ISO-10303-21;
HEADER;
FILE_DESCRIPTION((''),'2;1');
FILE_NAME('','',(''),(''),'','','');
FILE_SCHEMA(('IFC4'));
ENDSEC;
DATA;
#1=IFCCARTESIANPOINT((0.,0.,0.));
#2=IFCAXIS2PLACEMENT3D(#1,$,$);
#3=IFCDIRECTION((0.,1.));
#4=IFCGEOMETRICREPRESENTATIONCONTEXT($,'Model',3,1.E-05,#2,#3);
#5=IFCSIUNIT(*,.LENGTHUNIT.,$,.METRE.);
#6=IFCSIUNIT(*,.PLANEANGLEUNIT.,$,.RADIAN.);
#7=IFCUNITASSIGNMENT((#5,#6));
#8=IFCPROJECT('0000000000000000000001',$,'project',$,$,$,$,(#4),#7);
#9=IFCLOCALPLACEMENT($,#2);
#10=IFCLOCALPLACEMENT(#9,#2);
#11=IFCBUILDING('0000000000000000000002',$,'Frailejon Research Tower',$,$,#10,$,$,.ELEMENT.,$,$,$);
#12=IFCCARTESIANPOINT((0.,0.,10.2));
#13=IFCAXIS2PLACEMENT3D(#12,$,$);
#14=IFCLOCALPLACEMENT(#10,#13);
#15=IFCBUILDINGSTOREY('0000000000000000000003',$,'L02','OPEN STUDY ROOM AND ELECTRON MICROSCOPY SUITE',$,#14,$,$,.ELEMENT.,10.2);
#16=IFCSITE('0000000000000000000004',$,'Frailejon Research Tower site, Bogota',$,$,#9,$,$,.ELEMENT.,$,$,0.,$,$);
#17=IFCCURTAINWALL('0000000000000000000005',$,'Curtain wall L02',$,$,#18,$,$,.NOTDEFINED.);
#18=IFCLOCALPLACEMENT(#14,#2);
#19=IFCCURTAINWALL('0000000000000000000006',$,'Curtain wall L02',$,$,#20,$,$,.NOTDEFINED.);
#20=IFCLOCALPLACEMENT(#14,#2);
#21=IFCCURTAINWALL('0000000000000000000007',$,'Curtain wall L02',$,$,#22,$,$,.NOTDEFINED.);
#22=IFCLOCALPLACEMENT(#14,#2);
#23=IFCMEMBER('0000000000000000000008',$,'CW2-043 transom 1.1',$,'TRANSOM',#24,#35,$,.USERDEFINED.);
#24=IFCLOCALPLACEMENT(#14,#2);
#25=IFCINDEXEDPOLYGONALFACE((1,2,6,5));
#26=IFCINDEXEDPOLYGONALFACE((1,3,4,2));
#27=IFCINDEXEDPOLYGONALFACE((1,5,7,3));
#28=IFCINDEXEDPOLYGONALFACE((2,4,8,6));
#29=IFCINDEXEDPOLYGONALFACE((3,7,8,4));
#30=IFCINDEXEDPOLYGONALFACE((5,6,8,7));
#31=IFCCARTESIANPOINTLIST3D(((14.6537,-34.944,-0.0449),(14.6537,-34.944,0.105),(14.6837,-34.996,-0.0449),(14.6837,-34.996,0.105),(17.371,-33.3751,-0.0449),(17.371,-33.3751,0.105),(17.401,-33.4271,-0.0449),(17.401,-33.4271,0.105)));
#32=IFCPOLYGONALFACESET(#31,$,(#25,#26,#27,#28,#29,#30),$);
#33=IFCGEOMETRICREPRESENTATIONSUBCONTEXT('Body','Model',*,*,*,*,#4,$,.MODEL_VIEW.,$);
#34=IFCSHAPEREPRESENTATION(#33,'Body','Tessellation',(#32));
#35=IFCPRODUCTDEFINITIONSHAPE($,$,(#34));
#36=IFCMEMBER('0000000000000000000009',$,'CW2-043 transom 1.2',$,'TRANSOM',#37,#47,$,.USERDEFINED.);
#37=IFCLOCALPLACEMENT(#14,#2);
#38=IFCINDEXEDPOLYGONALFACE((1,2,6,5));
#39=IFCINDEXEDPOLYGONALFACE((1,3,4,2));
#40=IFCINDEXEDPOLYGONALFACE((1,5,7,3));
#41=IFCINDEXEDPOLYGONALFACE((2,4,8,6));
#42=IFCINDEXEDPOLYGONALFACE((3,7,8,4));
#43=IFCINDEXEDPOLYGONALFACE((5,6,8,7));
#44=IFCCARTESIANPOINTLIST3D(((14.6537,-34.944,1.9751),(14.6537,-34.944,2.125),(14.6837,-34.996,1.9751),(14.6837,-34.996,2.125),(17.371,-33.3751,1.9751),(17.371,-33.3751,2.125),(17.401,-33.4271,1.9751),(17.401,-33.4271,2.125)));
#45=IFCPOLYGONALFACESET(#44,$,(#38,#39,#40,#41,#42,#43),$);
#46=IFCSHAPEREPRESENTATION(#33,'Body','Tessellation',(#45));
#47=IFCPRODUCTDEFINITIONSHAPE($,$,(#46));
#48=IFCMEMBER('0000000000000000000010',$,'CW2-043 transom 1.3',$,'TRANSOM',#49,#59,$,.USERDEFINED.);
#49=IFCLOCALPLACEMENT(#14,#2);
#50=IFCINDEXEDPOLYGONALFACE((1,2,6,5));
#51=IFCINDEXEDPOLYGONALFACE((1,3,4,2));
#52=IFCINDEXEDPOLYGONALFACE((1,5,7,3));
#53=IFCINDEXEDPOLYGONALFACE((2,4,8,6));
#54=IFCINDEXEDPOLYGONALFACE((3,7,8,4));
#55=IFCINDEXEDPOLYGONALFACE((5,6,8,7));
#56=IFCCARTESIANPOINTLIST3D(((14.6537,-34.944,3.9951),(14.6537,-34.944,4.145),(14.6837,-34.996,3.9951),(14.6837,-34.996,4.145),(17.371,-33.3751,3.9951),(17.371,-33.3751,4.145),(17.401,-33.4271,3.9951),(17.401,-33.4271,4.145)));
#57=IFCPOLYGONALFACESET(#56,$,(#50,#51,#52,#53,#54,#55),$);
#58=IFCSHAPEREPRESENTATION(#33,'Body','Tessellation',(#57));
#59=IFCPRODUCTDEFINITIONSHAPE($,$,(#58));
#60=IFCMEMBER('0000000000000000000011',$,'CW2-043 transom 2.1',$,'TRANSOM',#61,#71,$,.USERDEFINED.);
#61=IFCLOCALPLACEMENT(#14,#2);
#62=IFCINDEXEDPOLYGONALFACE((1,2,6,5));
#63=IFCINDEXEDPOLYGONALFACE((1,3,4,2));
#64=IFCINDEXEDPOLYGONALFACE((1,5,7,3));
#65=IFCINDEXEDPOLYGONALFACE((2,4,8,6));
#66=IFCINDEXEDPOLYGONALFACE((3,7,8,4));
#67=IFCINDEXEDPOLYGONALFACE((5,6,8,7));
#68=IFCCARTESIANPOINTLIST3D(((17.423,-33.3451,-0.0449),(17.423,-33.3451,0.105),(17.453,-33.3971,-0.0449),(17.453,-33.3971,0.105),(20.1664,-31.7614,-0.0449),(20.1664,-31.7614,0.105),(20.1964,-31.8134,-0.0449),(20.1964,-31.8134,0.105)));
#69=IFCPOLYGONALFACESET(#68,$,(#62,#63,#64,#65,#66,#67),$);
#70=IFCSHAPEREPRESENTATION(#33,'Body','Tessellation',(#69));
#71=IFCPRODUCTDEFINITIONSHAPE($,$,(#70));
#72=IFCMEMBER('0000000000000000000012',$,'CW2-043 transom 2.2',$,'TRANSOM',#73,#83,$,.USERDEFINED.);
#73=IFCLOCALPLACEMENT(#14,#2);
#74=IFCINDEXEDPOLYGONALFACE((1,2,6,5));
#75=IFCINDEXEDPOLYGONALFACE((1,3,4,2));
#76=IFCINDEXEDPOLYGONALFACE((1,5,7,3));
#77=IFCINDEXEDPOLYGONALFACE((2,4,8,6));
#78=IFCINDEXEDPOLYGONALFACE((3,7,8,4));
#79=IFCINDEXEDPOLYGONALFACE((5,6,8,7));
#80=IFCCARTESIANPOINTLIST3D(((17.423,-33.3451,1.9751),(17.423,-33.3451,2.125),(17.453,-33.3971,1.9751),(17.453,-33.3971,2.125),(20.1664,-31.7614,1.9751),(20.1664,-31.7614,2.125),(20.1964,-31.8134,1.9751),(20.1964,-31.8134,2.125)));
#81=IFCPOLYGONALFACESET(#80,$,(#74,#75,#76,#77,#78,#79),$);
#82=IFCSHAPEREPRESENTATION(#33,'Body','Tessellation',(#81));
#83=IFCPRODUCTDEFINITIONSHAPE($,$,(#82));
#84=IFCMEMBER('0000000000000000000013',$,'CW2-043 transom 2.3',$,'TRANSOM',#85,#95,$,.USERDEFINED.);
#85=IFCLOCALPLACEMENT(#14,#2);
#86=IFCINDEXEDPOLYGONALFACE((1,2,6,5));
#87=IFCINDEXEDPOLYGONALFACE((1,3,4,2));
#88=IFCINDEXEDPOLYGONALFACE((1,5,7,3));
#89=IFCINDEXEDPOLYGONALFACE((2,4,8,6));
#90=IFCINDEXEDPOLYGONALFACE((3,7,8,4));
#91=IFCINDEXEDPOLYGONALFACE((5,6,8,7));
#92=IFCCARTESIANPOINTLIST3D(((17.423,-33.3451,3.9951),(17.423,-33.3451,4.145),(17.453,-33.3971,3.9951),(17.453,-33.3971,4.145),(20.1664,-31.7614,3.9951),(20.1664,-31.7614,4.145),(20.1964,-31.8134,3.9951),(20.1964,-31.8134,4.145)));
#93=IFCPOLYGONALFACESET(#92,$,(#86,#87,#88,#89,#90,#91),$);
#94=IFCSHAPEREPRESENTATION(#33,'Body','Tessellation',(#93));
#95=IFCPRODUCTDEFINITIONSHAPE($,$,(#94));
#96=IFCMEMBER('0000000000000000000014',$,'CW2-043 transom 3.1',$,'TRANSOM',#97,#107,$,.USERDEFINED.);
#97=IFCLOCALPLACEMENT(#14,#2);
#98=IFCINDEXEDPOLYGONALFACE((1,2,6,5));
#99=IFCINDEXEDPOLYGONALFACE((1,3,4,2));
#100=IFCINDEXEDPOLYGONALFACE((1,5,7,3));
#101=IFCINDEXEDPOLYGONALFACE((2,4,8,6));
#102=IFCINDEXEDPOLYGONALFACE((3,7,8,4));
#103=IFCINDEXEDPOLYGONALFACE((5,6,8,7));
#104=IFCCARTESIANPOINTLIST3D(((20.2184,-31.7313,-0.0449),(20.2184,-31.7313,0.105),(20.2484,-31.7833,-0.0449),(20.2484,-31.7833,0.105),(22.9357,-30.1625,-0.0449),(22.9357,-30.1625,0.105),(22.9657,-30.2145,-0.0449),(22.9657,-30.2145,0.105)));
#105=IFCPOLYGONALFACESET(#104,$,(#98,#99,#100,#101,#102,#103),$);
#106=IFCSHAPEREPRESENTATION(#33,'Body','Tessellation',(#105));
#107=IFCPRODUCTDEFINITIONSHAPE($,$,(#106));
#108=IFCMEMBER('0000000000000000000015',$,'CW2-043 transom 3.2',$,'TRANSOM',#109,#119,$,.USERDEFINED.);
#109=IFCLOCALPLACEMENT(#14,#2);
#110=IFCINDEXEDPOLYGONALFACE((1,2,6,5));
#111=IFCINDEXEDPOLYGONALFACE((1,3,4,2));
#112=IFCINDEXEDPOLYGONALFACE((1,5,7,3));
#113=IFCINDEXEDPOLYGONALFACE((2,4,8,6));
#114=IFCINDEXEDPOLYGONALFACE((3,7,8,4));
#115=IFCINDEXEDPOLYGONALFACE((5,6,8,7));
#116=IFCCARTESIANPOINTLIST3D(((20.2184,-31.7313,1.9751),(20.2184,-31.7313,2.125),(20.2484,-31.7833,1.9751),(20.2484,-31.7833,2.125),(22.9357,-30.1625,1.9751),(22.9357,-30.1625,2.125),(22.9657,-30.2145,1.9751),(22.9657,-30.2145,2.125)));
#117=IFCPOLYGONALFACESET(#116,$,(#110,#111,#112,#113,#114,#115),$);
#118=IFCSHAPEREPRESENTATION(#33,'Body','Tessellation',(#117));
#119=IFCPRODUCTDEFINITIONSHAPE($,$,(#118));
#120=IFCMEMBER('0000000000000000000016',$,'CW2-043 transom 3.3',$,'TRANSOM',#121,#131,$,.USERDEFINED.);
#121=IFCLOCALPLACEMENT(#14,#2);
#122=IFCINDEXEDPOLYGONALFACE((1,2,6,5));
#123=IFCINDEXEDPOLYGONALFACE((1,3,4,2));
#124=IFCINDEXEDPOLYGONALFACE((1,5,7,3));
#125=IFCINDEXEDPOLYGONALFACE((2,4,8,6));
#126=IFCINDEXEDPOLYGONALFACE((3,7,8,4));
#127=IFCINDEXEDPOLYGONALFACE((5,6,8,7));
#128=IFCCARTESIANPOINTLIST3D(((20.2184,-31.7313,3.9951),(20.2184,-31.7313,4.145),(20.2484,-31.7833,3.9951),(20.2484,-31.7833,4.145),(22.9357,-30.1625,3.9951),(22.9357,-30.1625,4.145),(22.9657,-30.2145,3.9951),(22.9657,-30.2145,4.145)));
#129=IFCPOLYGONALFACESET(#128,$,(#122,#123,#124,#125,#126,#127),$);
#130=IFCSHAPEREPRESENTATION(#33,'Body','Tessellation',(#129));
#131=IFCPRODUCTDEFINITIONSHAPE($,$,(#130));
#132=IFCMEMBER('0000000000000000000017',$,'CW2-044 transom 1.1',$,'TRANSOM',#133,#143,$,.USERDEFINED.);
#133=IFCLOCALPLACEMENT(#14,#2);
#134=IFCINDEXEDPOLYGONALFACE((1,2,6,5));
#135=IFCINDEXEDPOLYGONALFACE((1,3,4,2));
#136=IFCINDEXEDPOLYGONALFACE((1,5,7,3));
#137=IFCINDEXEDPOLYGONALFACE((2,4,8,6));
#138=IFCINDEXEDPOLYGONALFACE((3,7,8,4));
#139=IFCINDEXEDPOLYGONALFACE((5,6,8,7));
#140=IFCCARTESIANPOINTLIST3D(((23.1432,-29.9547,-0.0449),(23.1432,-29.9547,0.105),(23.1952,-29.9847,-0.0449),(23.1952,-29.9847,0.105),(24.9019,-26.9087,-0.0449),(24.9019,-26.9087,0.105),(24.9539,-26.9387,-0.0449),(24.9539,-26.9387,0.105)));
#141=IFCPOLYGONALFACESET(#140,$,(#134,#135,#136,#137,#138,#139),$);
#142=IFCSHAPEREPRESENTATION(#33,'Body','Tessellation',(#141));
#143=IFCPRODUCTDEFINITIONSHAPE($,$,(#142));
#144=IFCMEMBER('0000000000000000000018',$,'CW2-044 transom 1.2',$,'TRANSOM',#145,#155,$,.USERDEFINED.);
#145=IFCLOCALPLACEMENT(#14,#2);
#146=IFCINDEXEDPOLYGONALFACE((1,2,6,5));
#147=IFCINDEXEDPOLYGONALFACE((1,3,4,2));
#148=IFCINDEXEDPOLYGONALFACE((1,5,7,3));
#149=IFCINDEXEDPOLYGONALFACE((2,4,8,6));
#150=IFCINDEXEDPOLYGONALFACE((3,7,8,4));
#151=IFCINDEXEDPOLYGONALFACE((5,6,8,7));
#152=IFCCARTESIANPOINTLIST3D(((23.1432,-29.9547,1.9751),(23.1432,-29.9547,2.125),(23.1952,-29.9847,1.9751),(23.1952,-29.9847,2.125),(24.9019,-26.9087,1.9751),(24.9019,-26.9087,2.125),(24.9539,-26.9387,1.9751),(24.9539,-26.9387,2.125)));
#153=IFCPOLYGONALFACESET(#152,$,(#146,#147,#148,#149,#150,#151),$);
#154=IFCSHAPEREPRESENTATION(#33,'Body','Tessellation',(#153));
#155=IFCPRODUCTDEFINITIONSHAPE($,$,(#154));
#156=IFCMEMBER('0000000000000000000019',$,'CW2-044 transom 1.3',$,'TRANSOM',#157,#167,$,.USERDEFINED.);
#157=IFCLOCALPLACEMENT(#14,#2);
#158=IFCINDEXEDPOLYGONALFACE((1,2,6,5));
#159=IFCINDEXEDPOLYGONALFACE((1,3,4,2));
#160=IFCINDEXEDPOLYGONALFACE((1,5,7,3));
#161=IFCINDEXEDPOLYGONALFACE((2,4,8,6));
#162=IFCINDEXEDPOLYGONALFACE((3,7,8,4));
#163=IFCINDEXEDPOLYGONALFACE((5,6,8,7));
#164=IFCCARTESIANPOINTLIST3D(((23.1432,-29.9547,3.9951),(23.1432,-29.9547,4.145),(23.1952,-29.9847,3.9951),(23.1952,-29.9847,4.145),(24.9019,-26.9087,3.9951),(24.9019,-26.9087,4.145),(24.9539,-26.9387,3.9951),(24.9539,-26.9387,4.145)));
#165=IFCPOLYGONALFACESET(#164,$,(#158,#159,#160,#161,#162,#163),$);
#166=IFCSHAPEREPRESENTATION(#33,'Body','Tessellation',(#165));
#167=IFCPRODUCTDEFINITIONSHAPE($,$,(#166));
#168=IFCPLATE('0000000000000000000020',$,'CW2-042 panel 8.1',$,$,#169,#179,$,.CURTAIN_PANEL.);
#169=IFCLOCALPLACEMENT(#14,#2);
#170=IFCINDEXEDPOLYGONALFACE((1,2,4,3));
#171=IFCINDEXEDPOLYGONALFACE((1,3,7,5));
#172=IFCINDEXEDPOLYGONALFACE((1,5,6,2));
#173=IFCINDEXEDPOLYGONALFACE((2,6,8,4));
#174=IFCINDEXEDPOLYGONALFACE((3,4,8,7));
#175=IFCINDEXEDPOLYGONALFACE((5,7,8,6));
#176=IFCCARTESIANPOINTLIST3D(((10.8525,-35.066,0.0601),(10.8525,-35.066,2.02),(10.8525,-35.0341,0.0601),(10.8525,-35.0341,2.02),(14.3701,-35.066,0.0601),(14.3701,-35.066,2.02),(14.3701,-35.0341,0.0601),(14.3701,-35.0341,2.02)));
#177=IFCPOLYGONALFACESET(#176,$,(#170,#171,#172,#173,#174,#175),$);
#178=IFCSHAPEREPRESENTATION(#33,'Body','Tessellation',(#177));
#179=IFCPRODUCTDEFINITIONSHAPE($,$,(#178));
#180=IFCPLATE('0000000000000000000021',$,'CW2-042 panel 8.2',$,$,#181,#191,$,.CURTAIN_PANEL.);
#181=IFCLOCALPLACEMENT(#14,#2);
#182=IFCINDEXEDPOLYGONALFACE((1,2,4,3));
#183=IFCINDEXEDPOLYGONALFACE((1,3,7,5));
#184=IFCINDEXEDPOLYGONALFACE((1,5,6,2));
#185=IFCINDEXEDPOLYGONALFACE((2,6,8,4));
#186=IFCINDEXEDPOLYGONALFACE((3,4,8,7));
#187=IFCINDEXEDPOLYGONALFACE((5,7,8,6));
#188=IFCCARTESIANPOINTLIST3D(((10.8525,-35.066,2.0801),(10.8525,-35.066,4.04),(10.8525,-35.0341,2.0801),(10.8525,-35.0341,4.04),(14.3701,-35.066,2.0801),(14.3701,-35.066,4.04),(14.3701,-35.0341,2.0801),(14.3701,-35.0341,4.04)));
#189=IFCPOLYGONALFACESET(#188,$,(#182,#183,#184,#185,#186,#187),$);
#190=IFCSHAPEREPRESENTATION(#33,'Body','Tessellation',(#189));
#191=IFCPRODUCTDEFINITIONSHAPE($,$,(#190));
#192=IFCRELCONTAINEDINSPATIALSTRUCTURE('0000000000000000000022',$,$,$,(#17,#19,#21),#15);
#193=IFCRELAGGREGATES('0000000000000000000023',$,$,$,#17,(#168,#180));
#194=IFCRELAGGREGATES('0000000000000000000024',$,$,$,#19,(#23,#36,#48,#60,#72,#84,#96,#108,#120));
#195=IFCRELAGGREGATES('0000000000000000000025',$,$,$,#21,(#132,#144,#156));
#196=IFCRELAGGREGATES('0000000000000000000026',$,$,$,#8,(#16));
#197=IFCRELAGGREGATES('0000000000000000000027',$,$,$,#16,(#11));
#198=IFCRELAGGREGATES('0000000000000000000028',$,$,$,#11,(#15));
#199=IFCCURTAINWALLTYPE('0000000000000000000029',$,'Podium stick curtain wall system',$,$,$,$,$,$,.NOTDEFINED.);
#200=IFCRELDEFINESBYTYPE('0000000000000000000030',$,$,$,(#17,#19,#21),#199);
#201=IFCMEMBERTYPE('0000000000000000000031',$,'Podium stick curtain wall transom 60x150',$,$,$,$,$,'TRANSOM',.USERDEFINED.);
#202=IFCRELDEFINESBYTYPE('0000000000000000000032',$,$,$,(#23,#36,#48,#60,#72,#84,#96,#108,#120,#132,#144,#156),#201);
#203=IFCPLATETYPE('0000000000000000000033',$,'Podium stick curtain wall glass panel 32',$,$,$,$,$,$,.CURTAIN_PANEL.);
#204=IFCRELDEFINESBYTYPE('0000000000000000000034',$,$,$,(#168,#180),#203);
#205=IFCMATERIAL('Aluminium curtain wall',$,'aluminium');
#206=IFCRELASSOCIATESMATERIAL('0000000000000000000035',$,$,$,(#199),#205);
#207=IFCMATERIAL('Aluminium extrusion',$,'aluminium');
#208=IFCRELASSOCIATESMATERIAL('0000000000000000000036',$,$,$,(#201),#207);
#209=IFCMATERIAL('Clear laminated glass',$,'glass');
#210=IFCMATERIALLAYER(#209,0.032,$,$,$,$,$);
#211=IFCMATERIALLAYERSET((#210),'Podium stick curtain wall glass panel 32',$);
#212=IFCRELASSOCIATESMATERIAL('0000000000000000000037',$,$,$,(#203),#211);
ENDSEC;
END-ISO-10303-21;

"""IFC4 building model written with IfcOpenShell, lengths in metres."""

from ifc_helpers import new_model, si_unit, direction, frame, origin, origin_2d, place, context, subcontext, project, spatial, rectangle, extrude, material, layer, layer_set, material_profile, profile_set, type_object, element, aggregate, save


model = new_model("IFC4")

# Units and contexts
model_context = context("Model", 3, precision=1e-05, world=origin(), true_north=direction((0.0, 1.0)))
body_context = subcontext(model_context, "Body", "Model", "MODEL_VIEW")
ifc_project = project(units=[si_unit("LENGTHUNIT", "METRE"), si_unit("PLANEANGLEUNIT", "RADIAN")], contexts=[model_context])

# Site, building, storey
site_placement = place(None, origin())
site = spatial("IfcSite", under=ifc_project, at=site_placement, Name="Frailejon Research Tower site, Bogota", CompositionType="ELEMENT", RefElevation=0.0)
building_placement = place(site_placement, origin())
building = spatial("IfcBuilding", under=site, at=building_placement, Name="Frailejon Research Tower", CompositionType="ELEMENT")
storey_placement = place(building_placement, frame((0.0, 0.0, 10.2)))
storey = spatial("IfcBuildingStorey", under=building, at=storey_placement, Name="L02", Description="OPEN STUDY ROOM AND ELECTRON MICROSCOPY SUITE", CompositionType="ELEMENT", Elevation=10.2)

# Curtain wall
ifc_material_1 = material(Name="Aluminium curtain wall", Category="aluminium")
curtain_wall_type = type_object("IfcCurtainWallType", Name="Podium stick curtain wall system", PredefinedType="NOTDEFINED", material=ifc_material_1)
curtain_wall_1_placement = place(storey_placement, origin())
curtain_wall_1 = element("IfcCurtainWall", 1, at=curtain_wall_1_placement, inside=storey, type_object=curtain_wall_type, Name="Curtain wall L02", PredefinedType="NOTDEFINED")

# Curtain wall
curtain_wall_2_placement = place(storey_placement, origin())
curtain_wall_2 = element("IfcCurtainWall", 2, at=curtain_wall_2_placement, inside=storey, type_object=curtain_wall_type, Name="Curtain wall L02", PredefinedType="NOTDEFINED")

# Curtain wall
curtain_wall_3_placement = place(storey_placement, origin())
curtain_wall_3 = element("IfcCurtainWall", 3, at=curtain_wall_3_placement, inside=storey, type_object=curtain_wall_type, Name="Curtain wall L02", PredefinedType="NOTDEFINED")

# Members
ifc_material_2 = material(Name="Aluminium extrusion", Category="aluminium")
ifc_material_profile_1 = material_profile(ifc_material_2, rectangle(XDim=0.0601, YDim=0.1499, at=origin_2d()), Name="Podium stick curtain wall transom 60x150")
ifc_profile_set_1 = profile_set([ifc_material_profile_1], Name="Aluminium extrusion")
member_type_1 = type_object("IfcMemberType", Name="Podium stick curtain wall transom 60x150", ElementType="TRANSOM", PredefinedType="USERDEFINED", material=ifc_profile_set_1)
member_1_placement = place(storey_placement, frame((14.6687, -34.97, 0.03), z_axis=(0.866022, 0.500005, 0.0), x_axis=(-0.500005, 0.866022, 0.0)))
member_1 = element("IfcMember", 4, at=member_1_placement, type_object=member_type_1, Name="CW2-043 transom 1.1", ObjectType="TRANSOM", PredefinedType="USERDEFINED", context=body_context, shape_type="SweptSolid", body=[
    extrude(rectangle(XDim=0.0601, YDim=0.1499, at=origin_2d()), origin(), (0.0, 0.0, 1.0), 3.1377),
])
member_2_placement = place(storey_placement, frame((14.6687, -34.97, 2.05), z_axis=(0.866022, 0.500005, 0.0), x_axis=(-0.500005, 0.866022, 0.0)))
member_2 = element("IfcMember", 5, at=member_2_placement, type_object=member_type_1, Name="CW2-043 transom 1.2", ObjectType="TRANSOM", PredefinedType="USERDEFINED", context=body_context, shape_type="SweptSolid", body=[
    extrude(rectangle(XDim=0.0601, YDim=0.1499, at=origin_2d()), origin(), (0.0, 0.0, 1.0), 3.1377),
])
member_3_placement = place(storey_placement, frame((14.6687, -34.97, 4.0701), z_axis=(0.866022, 0.500005, 0.0), x_axis=(-0.500005, 0.866022, 0.0)))
member_3 = element("IfcMember", 6, at=member_3_placement, type_object=member_type_1, Name="CW2-043 transom 1.3", ObjectType="TRANSOM", PredefinedType="USERDEFINED", context=body_context, shape_type="SweptSolid", body=[
    extrude(rectangle(XDim=0.0601, YDim=0.1499, at=origin_2d()), origin(), (0.0, 0.0, 1.0), 3.1377),
])
member_4_placement = place(storey_placement, frame((17.438, -33.3711, 0.03), z_axis=(0.866048, 0.49996, 0.0), x_axis=(-0.49996, 0.866048, 0.0)))
member_4 = element("IfcMember", 7, at=member_4_placement, type_object=member_type_1, Name="CW2-043 transom 2.1", ObjectType="TRANSOM", PredefinedType="USERDEFINED", context=body_context, shape_type="SweptSolid", body=[
    extrude(rectangle(XDim=0.0601, YDim=0.1499, at=origin_2d()), origin(), (0.0, 0.0, 1.0), 3.1677),
])
member_5_placement = place(storey_placement, frame((17.438, -33.3711, 2.05), z_axis=(0.866048, 0.49996, 0.0), x_axis=(-0.49996, 0.866048, 0.0)))
member_5 = element("IfcMember", 8, at=member_5_placement, type_object=member_type_1, Name="CW2-043 transom 2.2", ObjectType="TRANSOM", PredefinedType="USERDEFINED", context=body_context, shape_type="SweptSolid", body=[
    extrude(rectangle(XDim=0.0601, YDim=0.1499, at=origin_2d()), origin(), (0.0, 0.0, 1.0), 3.1677),
])
member_6_placement = place(storey_placement, frame((17.438, -33.3711, 4.0701), z_axis=(0.866048, 0.49996, 0.0), x_axis=(-0.49996, 0.866048, 0.0)))
member_6 = element("IfcMember", 9, at=member_6_placement, type_object=member_type_1, Name="CW2-043 transom 2.3", ObjectType="TRANSOM", PredefinedType="USERDEFINED", context=body_context, shape_type="SweptSolid", body=[
    extrude(rectangle(XDim=0.0601, YDim=0.1499, at=origin_2d()), origin(), (0.0, 0.0, 1.0), 3.1677),
])
member_7_placement = place(storey_placement, frame((20.2334, -31.7573, 0.03), z_axis=(0.866022, 0.500005, 0.0), x_axis=(-0.500005, 0.866022, 0.0)))
member_7 = element("IfcMember", 10, at=member_7_placement, type_object=member_type_1, Name="CW2-043 transom 3.1", ObjectType="TRANSOM", PredefinedType="USERDEFINED", context=body_context, shape_type="SweptSolid", body=[
    extrude(rectangle(XDim=0.0601, YDim=0.1499, at=origin_2d()), origin(), (0.0, 0.0, 1.0), 3.1377),
])
member_8_placement = place(storey_placement, frame((20.2334, -31.7573, 2.05), z_axis=(0.866022, 0.500005, 0.0), x_axis=(-0.500005, 0.866022, 0.0)))
member_8 = element("IfcMember", 11, at=member_8_placement, type_object=member_type_1, Name="CW2-043 transom 3.2", ObjectType="TRANSOM", PredefinedType="USERDEFINED", context=body_context, shape_type="SweptSolid", body=[
    extrude(rectangle(XDim=0.0601, YDim=0.1499, at=origin_2d()), origin(), (0.0, 0.0, 1.0), 3.1377),
])
member_9_placement = place(storey_placement, frame((20.2334, -31.7573, 4.0701), z_axis=(0.866022, 0.500005, 0.0), x_axis=(-0.500005, 0.866022, 0.0)))
member_9 = element("IfcMember", 12, at=member_9_placement, type_object=member_type_1, Name="CW2-043 transom 3.3", ObjectType="TRANSOM", PredefinedType="USERDEFINED", context=body_context, shape_type="SweptSolid", body=[
    extrude(rectangle(XDim=0.0601, YDim=0.1499, at=origin_2d()), origin(), (0.0, 0.0, 1.0), 3.1377),
])
member_10_placement = place(storey_placement, frame((23.1692, -29.9697, 0.03), z_axis=(0.500021, 0.866013, 0.0), x_axis=(-0.866013, 0.500021, 0.0)))
member_10 = element("IfcMember", 13, at=member_10_placement, type_object=member_type_1, Name="CW2-044 transom 1.1", ObjectType="TRANSOM", PredefinedType="USERDEFINED", context=body_context, shape_type="SweptSolid", body=[
    extrude(rectangle(XDim=0.0601, YDim=0.1499, at=origin_2d()), origin(), (0.0, 0.0, 1.0), 3.5173),
])
member_11_placement = place(storey_placement, frame((23.1692, -29.9697, 2.05), z_axis=(0.500021, 0.866013, 0.0), x_axis=(-0.866013, 0.500021, 0.0)))
member_11 = element("IfcMember", 14, at=member_11_placement, type_object=member_type_1, Name="CW2-044 transom 1.2", ObjectType="TRANSOM", PredefinedType="USERDEFINED", context=body_context, shape_type="SweptSolid", body=[
    extrude(rectangle(XDim=0.0601, YDim=0.1499, at=origin_2d()), origin(), (0.0, 0.0, 1.0), 3.5173),
])
member_12_placement = place(storey_placement, frame((23.1692, -29.9697, 4.0701), z_axis=(0.500021, 0.866013, 0.0), x_axis=(-0.866013, 0.500021, 0.0)))
member_12 = element("IfcMember", 15, at=member_12_placement, type_object=member_type_1, Name="CW2-044 transom 1.3", ObjectType="TRANSOM", PredefinedType="USERDEFINED", context=body_context, shape_type="SweptSolid", body=[
    extrude(rectangle(XDim=0.0601, YDim=0.1499, at=origin_2d()), origin(), (0.0, 0.0, 1.0), 3.5173),
])

# Plates
ifc_material_3 = material(Name="Clear laminated glass", Category="glass")
ifc_layer_1 = layer(ifc_material_3, 0.032)
ifc_layer_set_1 = layer_set([ifc_layer_1], Name="Podium stick curtain wall glass panel 32")
plate_type = type_object("IfcPlateType", Name="Podium stick curtain wall glass panel 32", PredefinedType="CURTAIN_PANEL", material=ifc_layer_set_1)
plate_1_placement = place(storey_placement, frame((12.6113, -35.05, 0.0601), z_axis=(0.0, 0.0, 1.0), x_axis=(1.0, 0.0, 0.0)))
plate_1 = element("IfcPlate", 16, at=plate_1_placement, type_object=plate_type, Name="CW2-042 panel 8.1", PredefinedType="CURTAIN_PANEL", context=body_context, shape_type="SweptSolid", body=[
    extrude(rectangle(XDim=3.5176, YDim=0.032, at=origin_2d()), origin(), (0.0, 0.0, 1.0), 1.96),
])
plate_2_placement = place(storey_placement, frame((12.6113, -35.05, 2.0801), z_axis=(0.0, 0.0, 1.0), x_axis=(1.0, 0.0, 0.0)))
plate_2 = element("IfcPlate", 17, at=plate_2_placement, type_object=plate_type, Name="CW2-042 panel 8.2", PredefinedType="CURTAIN_PANEL", context=body_context, shape_type="SweptSolid", body=[
    extrude(rectangle(XDim=3.5176, YDim=0.032, at=origin_2d()), origin(), (0.0, 0.0, 1.0), 1.96),
])
aggregate(curtain_wall_1, [plate_1, plate_2])
aggregate(curtain_wall_2, [member_1, member_2, member_3, member_4, member_5, member_6, member_7, member_8, member_9])
aggregate(curtain_wall_3, [member_10, member_11, member_12])

save(model, "model.ifc")
